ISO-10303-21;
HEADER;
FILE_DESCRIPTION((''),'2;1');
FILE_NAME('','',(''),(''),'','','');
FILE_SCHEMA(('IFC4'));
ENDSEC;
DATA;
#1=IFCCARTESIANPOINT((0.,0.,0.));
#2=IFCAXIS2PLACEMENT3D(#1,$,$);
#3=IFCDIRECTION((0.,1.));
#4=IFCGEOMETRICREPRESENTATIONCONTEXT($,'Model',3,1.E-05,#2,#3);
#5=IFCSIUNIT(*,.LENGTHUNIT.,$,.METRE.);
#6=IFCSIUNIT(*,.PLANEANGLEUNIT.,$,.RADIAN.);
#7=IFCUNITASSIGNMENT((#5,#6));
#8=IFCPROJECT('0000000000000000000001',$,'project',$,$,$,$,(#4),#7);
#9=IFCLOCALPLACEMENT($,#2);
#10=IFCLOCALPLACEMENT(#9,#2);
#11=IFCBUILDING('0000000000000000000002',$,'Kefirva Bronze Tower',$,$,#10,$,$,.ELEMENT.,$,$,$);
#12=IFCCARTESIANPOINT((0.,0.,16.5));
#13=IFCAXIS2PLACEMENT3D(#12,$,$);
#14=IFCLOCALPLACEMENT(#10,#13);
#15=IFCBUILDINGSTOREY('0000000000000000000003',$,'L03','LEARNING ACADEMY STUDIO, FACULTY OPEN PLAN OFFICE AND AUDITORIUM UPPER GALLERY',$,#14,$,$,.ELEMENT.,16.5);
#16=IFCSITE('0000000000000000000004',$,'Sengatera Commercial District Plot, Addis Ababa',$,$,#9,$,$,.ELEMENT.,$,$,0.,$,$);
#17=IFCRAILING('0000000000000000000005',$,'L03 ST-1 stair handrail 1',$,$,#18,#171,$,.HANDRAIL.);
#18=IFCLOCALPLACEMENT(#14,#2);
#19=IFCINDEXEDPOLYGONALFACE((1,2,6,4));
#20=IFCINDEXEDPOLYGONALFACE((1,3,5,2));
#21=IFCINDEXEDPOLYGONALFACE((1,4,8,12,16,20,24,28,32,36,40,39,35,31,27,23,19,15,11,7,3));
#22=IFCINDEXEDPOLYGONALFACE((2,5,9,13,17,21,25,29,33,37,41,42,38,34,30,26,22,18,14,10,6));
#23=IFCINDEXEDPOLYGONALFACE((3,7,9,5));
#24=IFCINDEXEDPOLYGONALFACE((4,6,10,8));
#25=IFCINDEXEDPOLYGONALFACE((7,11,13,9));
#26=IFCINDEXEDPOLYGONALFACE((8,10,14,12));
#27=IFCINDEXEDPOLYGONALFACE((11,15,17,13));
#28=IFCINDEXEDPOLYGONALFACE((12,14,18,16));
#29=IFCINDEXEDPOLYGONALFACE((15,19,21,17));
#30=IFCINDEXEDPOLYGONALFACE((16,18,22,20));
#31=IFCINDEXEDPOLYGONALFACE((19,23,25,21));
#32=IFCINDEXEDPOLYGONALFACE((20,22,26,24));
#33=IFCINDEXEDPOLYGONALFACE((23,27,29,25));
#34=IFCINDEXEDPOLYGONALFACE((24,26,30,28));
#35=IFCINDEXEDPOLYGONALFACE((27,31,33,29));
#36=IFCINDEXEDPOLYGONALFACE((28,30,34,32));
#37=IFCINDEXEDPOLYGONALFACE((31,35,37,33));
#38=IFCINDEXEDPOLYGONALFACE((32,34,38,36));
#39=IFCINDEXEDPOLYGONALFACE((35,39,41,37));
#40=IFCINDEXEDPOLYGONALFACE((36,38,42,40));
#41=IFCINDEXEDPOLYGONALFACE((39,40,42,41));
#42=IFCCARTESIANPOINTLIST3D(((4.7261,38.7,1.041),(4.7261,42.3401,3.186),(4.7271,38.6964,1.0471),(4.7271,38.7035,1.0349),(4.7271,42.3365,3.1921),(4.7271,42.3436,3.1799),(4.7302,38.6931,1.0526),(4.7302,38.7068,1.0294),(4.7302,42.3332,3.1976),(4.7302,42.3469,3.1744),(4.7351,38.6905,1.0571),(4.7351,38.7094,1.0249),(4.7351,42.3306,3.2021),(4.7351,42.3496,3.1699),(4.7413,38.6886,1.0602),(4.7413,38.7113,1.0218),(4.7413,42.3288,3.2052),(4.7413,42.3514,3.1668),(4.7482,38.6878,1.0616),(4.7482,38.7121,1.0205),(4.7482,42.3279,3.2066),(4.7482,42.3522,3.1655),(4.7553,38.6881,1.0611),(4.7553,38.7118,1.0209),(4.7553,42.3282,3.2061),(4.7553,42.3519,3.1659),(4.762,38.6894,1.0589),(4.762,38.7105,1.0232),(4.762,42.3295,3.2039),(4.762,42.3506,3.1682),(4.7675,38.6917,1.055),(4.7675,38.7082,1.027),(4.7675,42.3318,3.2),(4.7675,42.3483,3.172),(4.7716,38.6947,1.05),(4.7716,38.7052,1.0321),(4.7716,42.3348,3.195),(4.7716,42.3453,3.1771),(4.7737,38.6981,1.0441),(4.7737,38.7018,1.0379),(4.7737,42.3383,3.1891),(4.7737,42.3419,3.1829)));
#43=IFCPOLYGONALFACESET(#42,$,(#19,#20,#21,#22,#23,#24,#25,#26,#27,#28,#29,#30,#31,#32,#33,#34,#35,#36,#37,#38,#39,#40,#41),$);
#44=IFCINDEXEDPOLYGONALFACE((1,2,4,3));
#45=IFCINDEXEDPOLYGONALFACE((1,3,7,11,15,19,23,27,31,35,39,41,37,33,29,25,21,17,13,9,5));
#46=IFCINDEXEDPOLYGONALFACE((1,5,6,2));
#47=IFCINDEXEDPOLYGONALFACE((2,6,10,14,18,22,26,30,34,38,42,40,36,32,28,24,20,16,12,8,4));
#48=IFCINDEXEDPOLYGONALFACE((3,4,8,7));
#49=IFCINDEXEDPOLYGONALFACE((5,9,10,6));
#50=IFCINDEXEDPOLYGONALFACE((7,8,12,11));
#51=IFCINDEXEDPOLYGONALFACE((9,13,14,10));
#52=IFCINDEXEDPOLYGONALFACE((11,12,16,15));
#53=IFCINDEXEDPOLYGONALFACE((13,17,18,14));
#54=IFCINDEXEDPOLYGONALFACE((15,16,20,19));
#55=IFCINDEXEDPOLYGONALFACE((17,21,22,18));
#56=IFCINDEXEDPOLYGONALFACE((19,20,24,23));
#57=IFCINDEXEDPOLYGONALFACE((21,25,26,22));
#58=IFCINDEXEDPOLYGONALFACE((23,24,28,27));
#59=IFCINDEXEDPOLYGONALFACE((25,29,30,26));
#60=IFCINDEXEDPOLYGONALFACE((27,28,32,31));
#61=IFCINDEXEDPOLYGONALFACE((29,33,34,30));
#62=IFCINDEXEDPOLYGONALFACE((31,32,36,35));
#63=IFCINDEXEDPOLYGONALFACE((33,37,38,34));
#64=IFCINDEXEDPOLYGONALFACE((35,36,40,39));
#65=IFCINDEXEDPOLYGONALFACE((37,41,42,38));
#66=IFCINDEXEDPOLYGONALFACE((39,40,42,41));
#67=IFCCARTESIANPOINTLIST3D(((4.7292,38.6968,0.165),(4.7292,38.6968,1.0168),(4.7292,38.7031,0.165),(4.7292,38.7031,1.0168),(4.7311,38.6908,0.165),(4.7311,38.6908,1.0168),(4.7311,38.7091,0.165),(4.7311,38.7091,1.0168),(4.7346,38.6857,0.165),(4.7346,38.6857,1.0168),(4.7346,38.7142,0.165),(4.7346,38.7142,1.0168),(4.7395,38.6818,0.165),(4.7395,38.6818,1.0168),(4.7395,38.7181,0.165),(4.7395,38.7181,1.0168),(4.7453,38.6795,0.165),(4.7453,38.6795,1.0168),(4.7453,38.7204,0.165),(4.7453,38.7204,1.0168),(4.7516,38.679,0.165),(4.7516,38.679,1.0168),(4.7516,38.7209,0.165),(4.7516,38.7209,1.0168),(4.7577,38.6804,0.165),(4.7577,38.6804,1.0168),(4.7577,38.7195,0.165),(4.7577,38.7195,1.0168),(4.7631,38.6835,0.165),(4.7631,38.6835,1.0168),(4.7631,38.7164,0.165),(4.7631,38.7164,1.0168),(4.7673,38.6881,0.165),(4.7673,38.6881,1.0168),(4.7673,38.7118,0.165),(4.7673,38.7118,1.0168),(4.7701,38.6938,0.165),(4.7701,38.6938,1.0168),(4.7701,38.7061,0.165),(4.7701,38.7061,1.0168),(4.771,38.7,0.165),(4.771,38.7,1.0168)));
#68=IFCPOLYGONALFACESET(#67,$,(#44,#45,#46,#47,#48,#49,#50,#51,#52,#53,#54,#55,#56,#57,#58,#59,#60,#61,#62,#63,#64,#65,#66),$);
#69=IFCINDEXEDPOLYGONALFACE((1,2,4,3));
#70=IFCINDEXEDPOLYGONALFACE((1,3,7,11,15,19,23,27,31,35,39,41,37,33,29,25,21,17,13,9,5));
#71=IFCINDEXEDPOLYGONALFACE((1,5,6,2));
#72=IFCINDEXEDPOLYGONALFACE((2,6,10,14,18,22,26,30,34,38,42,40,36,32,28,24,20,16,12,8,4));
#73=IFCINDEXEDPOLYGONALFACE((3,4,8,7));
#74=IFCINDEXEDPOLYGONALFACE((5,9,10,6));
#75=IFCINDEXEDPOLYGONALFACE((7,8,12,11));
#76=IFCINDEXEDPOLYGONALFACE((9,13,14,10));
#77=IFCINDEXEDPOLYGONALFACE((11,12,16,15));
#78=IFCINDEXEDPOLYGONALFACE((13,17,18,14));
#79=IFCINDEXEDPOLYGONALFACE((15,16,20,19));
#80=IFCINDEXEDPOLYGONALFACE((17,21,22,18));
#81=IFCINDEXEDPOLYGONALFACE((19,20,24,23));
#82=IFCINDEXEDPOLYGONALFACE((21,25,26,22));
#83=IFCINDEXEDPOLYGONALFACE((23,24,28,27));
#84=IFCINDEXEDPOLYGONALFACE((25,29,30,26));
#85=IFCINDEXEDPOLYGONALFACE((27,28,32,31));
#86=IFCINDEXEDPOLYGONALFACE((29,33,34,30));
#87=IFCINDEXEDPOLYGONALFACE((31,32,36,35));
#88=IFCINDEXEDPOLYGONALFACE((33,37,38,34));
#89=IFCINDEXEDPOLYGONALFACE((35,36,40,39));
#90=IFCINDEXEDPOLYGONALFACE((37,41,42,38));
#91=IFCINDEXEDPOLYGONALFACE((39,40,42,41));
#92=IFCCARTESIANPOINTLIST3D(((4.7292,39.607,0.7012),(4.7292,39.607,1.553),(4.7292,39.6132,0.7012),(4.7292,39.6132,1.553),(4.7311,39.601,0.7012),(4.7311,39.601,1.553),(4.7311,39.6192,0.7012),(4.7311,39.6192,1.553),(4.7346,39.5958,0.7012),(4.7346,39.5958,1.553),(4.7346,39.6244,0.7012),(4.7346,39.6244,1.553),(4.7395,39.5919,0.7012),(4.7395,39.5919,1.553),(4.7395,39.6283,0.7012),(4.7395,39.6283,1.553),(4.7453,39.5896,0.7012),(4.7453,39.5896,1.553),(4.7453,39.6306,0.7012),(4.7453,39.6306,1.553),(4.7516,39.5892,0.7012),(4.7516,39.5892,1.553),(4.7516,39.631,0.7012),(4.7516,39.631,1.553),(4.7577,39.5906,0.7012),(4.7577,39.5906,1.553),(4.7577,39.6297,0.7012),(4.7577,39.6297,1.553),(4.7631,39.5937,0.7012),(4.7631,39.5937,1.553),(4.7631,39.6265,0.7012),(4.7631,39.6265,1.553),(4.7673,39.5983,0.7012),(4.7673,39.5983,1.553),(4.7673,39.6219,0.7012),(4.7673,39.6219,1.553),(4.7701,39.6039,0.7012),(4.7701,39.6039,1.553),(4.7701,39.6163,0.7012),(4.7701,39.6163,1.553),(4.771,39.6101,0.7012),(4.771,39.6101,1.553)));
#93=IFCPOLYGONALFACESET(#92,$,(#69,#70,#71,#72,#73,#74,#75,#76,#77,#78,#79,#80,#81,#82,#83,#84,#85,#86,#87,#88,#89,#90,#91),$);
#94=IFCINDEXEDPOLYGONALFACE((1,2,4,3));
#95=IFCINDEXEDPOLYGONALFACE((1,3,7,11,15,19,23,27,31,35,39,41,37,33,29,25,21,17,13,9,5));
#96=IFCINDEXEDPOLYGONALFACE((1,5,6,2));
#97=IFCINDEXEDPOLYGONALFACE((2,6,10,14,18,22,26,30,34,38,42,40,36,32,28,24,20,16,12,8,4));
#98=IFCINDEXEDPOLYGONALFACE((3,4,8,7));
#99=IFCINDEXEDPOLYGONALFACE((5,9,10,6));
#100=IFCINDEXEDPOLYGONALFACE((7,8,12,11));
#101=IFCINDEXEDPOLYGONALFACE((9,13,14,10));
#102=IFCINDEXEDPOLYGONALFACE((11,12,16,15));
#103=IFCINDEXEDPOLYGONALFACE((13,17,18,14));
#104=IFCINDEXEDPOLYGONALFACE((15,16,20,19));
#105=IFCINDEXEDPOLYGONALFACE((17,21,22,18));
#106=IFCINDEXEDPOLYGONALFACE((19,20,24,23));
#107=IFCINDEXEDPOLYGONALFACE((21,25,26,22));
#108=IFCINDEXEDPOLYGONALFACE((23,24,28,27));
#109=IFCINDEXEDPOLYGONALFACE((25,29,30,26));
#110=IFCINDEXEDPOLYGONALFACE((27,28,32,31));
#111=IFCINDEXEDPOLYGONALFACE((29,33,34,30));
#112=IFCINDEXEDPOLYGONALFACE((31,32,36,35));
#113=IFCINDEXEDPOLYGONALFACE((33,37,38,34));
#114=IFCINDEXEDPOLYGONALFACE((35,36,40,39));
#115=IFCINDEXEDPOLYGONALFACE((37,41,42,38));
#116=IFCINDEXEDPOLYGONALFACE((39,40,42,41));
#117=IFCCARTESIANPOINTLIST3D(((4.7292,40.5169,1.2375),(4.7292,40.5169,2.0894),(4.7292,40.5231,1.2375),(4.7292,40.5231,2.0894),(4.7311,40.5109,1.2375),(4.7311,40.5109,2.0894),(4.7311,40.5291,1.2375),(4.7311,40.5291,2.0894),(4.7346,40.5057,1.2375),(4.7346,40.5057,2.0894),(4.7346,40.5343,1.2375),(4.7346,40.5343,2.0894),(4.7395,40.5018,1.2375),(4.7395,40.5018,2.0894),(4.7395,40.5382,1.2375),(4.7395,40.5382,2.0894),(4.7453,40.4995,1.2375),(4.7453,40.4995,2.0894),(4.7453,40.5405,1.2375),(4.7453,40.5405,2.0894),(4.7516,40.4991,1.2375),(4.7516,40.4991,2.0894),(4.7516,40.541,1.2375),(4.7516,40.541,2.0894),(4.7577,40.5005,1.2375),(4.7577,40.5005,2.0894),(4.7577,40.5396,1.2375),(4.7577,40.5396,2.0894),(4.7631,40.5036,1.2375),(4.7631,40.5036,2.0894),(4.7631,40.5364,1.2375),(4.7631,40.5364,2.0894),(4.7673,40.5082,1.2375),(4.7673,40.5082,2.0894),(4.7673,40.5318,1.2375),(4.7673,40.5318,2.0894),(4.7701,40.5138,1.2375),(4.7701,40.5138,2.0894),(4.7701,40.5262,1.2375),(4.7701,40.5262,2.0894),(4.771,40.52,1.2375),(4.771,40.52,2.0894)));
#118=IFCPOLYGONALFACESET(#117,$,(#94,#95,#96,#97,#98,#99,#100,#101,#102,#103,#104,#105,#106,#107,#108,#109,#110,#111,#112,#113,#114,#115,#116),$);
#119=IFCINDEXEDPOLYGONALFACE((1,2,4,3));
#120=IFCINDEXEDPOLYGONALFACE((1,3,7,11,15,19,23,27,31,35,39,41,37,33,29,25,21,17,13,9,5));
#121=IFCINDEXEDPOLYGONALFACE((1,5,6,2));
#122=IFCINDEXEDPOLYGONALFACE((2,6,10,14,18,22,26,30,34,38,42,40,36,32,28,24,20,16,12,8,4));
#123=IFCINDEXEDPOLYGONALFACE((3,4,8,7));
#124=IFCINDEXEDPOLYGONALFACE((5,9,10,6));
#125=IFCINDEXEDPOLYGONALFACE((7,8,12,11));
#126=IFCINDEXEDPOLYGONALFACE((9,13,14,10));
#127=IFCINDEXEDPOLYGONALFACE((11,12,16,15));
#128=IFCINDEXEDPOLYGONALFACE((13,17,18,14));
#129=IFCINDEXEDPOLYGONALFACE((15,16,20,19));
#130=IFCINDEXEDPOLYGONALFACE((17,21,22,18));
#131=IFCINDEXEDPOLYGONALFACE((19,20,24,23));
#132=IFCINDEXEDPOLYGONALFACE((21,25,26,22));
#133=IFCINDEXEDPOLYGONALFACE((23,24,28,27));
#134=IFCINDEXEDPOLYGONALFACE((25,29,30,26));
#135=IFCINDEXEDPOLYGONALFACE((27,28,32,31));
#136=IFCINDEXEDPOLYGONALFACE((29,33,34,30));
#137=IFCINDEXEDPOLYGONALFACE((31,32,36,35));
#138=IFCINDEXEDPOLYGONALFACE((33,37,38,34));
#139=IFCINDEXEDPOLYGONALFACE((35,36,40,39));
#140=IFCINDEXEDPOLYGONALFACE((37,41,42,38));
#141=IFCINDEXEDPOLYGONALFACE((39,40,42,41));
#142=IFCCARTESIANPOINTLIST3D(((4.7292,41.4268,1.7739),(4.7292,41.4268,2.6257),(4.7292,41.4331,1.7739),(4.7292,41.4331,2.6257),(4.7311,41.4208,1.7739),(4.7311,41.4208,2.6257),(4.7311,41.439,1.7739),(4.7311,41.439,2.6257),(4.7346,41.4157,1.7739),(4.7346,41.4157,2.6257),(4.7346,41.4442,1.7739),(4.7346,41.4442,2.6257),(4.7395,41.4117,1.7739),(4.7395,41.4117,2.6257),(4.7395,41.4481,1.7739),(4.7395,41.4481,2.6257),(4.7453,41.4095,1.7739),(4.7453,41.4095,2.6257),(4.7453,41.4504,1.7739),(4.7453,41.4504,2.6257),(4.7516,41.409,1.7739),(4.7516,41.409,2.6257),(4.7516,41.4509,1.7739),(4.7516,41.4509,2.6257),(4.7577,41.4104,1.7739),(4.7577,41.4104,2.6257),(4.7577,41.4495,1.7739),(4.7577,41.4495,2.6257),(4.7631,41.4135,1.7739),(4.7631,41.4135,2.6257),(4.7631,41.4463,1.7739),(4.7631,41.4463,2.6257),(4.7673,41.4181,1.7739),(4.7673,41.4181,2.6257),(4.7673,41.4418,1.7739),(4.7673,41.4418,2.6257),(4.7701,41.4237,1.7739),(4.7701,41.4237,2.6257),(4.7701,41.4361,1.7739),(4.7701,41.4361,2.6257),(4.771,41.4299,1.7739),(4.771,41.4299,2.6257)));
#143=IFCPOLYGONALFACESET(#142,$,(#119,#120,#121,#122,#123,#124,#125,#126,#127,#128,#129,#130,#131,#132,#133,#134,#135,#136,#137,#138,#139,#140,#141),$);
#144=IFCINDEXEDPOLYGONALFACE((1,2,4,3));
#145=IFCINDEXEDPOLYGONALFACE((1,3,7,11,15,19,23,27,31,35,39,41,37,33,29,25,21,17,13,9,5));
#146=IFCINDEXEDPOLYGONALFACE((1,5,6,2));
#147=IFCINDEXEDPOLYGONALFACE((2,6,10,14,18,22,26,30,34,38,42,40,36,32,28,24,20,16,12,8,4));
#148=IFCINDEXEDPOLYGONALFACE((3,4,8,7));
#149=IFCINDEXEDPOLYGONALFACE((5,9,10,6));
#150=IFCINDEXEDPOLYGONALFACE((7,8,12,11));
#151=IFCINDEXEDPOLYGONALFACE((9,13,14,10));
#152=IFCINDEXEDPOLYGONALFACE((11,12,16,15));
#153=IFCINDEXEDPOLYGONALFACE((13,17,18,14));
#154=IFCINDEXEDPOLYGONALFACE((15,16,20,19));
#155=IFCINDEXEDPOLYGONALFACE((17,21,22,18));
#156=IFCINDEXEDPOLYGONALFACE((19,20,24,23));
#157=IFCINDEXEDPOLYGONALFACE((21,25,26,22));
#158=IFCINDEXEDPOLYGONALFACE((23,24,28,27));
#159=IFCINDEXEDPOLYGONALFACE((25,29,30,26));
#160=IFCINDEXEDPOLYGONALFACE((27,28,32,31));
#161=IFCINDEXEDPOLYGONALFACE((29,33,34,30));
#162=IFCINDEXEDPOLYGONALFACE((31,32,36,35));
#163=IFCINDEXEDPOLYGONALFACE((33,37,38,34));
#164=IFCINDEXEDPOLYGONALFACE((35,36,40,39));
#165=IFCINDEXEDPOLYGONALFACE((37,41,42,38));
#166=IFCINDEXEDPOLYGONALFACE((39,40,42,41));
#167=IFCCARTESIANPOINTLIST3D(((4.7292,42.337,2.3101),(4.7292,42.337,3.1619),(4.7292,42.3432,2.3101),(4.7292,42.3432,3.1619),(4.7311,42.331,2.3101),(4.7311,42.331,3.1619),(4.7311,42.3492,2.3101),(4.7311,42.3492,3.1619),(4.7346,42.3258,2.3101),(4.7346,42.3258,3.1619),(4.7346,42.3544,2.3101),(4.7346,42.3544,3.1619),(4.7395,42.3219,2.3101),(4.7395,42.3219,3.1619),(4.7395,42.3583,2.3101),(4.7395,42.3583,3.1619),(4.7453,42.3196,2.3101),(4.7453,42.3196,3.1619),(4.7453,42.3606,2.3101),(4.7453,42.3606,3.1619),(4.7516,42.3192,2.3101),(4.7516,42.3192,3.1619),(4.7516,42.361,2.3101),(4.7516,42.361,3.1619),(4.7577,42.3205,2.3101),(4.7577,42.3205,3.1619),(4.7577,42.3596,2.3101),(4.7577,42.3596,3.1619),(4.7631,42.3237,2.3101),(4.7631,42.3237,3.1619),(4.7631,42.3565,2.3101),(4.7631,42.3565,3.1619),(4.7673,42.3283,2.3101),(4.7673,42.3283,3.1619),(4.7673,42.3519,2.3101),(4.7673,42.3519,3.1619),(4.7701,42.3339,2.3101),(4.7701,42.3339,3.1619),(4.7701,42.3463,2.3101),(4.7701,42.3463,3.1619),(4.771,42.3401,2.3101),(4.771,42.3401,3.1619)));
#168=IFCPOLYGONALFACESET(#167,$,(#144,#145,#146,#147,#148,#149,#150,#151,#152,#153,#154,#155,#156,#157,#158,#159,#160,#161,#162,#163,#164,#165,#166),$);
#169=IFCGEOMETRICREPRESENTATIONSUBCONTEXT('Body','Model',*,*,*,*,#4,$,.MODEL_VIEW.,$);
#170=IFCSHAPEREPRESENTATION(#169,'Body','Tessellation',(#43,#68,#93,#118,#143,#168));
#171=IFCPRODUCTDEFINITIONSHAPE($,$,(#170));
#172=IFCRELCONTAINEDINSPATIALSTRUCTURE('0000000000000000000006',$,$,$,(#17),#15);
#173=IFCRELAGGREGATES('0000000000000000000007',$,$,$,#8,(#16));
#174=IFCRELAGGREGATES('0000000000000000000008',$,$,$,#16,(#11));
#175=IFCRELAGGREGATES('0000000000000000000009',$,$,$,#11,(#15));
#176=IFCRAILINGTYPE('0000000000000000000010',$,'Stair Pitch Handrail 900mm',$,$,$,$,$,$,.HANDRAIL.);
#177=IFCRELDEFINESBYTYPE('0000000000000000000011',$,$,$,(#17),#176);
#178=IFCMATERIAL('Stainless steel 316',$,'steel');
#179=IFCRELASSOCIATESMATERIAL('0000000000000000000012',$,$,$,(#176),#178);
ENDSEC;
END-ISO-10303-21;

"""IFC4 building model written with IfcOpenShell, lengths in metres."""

from ifc_helpers import new_model, si_unit, direction, frame, origin, origin_2d, place, context, subcontext, project, spatial, circle, extrude, material, type_object, element, save


model = new_model("IFC4")

# Units and contexts
model_context = context("Model", 3, precision=1e-05, world=origin(), true_north=direction((0.0, 1.0)))
body_context = subcontext(model_context, "Body", "Model", "MODEL_VIEW")
ifc_project = project(units=[si_unit("LENGTHUNIT", "METRE"), si_unit("PLANEANGLEUNIT", "RADIAN")], contexts=[model_context])

# Site, building, storey
site_placement = place(None, origin())
site = spatial("IfcSite", under=ifc_project, at=site_placement, Name="Sengatera Commercial District Plot, Addis Ababa", CompositionType="ELEMENT", RefElevation=0.0)
building_placement = place(site_placement, origin())
building = spatial("IfcBuilding", under=site, at=building_placement, Name="Kefirva Bronze Tower", CompositionType="ELEMENT")
storey_placement = place(building_placement, frame((0.0, 0.0, 16.5)))
storey = spatial("IfcBuildingStorey", under=building, at=storey_placement, Name="L03", Description="LEARNING ACADEMY STUDIO, FACULTY OPEN PLAN OFFICE AND AUDITORIUM UPPER GALLERY", CompositionType="ELEMENT", Elevation=16.5)

# Shared definitions
ifc_material_1 = material(Name="Stainless steel 316", Category="steel")

# Railing
railing_type_1 = type_object("IfcRailingType", Name="Stair Pitch Handrail 900mm", PredefinedType="HANDRAIL", material=ifc_material_1)
railing_1_placement = place(storey_placement, frame((4.75, 38.7, 0.165)))
element("IfcRailing", 1, at=railing_1_placement, inside=storey, type_object=railing_type_1, Name="L03 ST-1 stair handrail 1", PredefinedType="HANDRAIL", context=body_context, shape_type="SweptSolid", body=[
    extrude(circle(Radius=0.0239, at=origin_2d()), frame((0.0, 0.0, 0.876), z_axis=(0.0, 0.861545, 0.507682), x_axis=(-1.0, 0.0, 0.0)), (0.0, 0.0, 1.0), 4.2251),
    extrude(circle(Radius=0.021, at=origin_2d()), origin(), (0.0, 0.0, 1.0), 0.8518),
    extrude(circle(Radius=0.021, at=origin_2d()), frame((0.0, 0.9102, 0.5361)), (0.0, 0.0, 1.0), 0.8518),
    extrude(circle(Radius=0.021, at=origin_2d()), frame((0.0, 1.8201, 1.0725)), (0.0, 0.0, 1.0), 0.8518),
    extrude(circle(Radius=0.021, at=origin_2d()), frame((0.0, 2.73, 1.6089)), (0.0, 0.0, 1.0), 0.8518),
    extrude(circle(Radius=0.021, at=origin_2d()), frame((0.0, 3.6401, 2.145)), (0.0, 0.0, 1.0), 0.8518),
])

save(model, "model.ifc")
